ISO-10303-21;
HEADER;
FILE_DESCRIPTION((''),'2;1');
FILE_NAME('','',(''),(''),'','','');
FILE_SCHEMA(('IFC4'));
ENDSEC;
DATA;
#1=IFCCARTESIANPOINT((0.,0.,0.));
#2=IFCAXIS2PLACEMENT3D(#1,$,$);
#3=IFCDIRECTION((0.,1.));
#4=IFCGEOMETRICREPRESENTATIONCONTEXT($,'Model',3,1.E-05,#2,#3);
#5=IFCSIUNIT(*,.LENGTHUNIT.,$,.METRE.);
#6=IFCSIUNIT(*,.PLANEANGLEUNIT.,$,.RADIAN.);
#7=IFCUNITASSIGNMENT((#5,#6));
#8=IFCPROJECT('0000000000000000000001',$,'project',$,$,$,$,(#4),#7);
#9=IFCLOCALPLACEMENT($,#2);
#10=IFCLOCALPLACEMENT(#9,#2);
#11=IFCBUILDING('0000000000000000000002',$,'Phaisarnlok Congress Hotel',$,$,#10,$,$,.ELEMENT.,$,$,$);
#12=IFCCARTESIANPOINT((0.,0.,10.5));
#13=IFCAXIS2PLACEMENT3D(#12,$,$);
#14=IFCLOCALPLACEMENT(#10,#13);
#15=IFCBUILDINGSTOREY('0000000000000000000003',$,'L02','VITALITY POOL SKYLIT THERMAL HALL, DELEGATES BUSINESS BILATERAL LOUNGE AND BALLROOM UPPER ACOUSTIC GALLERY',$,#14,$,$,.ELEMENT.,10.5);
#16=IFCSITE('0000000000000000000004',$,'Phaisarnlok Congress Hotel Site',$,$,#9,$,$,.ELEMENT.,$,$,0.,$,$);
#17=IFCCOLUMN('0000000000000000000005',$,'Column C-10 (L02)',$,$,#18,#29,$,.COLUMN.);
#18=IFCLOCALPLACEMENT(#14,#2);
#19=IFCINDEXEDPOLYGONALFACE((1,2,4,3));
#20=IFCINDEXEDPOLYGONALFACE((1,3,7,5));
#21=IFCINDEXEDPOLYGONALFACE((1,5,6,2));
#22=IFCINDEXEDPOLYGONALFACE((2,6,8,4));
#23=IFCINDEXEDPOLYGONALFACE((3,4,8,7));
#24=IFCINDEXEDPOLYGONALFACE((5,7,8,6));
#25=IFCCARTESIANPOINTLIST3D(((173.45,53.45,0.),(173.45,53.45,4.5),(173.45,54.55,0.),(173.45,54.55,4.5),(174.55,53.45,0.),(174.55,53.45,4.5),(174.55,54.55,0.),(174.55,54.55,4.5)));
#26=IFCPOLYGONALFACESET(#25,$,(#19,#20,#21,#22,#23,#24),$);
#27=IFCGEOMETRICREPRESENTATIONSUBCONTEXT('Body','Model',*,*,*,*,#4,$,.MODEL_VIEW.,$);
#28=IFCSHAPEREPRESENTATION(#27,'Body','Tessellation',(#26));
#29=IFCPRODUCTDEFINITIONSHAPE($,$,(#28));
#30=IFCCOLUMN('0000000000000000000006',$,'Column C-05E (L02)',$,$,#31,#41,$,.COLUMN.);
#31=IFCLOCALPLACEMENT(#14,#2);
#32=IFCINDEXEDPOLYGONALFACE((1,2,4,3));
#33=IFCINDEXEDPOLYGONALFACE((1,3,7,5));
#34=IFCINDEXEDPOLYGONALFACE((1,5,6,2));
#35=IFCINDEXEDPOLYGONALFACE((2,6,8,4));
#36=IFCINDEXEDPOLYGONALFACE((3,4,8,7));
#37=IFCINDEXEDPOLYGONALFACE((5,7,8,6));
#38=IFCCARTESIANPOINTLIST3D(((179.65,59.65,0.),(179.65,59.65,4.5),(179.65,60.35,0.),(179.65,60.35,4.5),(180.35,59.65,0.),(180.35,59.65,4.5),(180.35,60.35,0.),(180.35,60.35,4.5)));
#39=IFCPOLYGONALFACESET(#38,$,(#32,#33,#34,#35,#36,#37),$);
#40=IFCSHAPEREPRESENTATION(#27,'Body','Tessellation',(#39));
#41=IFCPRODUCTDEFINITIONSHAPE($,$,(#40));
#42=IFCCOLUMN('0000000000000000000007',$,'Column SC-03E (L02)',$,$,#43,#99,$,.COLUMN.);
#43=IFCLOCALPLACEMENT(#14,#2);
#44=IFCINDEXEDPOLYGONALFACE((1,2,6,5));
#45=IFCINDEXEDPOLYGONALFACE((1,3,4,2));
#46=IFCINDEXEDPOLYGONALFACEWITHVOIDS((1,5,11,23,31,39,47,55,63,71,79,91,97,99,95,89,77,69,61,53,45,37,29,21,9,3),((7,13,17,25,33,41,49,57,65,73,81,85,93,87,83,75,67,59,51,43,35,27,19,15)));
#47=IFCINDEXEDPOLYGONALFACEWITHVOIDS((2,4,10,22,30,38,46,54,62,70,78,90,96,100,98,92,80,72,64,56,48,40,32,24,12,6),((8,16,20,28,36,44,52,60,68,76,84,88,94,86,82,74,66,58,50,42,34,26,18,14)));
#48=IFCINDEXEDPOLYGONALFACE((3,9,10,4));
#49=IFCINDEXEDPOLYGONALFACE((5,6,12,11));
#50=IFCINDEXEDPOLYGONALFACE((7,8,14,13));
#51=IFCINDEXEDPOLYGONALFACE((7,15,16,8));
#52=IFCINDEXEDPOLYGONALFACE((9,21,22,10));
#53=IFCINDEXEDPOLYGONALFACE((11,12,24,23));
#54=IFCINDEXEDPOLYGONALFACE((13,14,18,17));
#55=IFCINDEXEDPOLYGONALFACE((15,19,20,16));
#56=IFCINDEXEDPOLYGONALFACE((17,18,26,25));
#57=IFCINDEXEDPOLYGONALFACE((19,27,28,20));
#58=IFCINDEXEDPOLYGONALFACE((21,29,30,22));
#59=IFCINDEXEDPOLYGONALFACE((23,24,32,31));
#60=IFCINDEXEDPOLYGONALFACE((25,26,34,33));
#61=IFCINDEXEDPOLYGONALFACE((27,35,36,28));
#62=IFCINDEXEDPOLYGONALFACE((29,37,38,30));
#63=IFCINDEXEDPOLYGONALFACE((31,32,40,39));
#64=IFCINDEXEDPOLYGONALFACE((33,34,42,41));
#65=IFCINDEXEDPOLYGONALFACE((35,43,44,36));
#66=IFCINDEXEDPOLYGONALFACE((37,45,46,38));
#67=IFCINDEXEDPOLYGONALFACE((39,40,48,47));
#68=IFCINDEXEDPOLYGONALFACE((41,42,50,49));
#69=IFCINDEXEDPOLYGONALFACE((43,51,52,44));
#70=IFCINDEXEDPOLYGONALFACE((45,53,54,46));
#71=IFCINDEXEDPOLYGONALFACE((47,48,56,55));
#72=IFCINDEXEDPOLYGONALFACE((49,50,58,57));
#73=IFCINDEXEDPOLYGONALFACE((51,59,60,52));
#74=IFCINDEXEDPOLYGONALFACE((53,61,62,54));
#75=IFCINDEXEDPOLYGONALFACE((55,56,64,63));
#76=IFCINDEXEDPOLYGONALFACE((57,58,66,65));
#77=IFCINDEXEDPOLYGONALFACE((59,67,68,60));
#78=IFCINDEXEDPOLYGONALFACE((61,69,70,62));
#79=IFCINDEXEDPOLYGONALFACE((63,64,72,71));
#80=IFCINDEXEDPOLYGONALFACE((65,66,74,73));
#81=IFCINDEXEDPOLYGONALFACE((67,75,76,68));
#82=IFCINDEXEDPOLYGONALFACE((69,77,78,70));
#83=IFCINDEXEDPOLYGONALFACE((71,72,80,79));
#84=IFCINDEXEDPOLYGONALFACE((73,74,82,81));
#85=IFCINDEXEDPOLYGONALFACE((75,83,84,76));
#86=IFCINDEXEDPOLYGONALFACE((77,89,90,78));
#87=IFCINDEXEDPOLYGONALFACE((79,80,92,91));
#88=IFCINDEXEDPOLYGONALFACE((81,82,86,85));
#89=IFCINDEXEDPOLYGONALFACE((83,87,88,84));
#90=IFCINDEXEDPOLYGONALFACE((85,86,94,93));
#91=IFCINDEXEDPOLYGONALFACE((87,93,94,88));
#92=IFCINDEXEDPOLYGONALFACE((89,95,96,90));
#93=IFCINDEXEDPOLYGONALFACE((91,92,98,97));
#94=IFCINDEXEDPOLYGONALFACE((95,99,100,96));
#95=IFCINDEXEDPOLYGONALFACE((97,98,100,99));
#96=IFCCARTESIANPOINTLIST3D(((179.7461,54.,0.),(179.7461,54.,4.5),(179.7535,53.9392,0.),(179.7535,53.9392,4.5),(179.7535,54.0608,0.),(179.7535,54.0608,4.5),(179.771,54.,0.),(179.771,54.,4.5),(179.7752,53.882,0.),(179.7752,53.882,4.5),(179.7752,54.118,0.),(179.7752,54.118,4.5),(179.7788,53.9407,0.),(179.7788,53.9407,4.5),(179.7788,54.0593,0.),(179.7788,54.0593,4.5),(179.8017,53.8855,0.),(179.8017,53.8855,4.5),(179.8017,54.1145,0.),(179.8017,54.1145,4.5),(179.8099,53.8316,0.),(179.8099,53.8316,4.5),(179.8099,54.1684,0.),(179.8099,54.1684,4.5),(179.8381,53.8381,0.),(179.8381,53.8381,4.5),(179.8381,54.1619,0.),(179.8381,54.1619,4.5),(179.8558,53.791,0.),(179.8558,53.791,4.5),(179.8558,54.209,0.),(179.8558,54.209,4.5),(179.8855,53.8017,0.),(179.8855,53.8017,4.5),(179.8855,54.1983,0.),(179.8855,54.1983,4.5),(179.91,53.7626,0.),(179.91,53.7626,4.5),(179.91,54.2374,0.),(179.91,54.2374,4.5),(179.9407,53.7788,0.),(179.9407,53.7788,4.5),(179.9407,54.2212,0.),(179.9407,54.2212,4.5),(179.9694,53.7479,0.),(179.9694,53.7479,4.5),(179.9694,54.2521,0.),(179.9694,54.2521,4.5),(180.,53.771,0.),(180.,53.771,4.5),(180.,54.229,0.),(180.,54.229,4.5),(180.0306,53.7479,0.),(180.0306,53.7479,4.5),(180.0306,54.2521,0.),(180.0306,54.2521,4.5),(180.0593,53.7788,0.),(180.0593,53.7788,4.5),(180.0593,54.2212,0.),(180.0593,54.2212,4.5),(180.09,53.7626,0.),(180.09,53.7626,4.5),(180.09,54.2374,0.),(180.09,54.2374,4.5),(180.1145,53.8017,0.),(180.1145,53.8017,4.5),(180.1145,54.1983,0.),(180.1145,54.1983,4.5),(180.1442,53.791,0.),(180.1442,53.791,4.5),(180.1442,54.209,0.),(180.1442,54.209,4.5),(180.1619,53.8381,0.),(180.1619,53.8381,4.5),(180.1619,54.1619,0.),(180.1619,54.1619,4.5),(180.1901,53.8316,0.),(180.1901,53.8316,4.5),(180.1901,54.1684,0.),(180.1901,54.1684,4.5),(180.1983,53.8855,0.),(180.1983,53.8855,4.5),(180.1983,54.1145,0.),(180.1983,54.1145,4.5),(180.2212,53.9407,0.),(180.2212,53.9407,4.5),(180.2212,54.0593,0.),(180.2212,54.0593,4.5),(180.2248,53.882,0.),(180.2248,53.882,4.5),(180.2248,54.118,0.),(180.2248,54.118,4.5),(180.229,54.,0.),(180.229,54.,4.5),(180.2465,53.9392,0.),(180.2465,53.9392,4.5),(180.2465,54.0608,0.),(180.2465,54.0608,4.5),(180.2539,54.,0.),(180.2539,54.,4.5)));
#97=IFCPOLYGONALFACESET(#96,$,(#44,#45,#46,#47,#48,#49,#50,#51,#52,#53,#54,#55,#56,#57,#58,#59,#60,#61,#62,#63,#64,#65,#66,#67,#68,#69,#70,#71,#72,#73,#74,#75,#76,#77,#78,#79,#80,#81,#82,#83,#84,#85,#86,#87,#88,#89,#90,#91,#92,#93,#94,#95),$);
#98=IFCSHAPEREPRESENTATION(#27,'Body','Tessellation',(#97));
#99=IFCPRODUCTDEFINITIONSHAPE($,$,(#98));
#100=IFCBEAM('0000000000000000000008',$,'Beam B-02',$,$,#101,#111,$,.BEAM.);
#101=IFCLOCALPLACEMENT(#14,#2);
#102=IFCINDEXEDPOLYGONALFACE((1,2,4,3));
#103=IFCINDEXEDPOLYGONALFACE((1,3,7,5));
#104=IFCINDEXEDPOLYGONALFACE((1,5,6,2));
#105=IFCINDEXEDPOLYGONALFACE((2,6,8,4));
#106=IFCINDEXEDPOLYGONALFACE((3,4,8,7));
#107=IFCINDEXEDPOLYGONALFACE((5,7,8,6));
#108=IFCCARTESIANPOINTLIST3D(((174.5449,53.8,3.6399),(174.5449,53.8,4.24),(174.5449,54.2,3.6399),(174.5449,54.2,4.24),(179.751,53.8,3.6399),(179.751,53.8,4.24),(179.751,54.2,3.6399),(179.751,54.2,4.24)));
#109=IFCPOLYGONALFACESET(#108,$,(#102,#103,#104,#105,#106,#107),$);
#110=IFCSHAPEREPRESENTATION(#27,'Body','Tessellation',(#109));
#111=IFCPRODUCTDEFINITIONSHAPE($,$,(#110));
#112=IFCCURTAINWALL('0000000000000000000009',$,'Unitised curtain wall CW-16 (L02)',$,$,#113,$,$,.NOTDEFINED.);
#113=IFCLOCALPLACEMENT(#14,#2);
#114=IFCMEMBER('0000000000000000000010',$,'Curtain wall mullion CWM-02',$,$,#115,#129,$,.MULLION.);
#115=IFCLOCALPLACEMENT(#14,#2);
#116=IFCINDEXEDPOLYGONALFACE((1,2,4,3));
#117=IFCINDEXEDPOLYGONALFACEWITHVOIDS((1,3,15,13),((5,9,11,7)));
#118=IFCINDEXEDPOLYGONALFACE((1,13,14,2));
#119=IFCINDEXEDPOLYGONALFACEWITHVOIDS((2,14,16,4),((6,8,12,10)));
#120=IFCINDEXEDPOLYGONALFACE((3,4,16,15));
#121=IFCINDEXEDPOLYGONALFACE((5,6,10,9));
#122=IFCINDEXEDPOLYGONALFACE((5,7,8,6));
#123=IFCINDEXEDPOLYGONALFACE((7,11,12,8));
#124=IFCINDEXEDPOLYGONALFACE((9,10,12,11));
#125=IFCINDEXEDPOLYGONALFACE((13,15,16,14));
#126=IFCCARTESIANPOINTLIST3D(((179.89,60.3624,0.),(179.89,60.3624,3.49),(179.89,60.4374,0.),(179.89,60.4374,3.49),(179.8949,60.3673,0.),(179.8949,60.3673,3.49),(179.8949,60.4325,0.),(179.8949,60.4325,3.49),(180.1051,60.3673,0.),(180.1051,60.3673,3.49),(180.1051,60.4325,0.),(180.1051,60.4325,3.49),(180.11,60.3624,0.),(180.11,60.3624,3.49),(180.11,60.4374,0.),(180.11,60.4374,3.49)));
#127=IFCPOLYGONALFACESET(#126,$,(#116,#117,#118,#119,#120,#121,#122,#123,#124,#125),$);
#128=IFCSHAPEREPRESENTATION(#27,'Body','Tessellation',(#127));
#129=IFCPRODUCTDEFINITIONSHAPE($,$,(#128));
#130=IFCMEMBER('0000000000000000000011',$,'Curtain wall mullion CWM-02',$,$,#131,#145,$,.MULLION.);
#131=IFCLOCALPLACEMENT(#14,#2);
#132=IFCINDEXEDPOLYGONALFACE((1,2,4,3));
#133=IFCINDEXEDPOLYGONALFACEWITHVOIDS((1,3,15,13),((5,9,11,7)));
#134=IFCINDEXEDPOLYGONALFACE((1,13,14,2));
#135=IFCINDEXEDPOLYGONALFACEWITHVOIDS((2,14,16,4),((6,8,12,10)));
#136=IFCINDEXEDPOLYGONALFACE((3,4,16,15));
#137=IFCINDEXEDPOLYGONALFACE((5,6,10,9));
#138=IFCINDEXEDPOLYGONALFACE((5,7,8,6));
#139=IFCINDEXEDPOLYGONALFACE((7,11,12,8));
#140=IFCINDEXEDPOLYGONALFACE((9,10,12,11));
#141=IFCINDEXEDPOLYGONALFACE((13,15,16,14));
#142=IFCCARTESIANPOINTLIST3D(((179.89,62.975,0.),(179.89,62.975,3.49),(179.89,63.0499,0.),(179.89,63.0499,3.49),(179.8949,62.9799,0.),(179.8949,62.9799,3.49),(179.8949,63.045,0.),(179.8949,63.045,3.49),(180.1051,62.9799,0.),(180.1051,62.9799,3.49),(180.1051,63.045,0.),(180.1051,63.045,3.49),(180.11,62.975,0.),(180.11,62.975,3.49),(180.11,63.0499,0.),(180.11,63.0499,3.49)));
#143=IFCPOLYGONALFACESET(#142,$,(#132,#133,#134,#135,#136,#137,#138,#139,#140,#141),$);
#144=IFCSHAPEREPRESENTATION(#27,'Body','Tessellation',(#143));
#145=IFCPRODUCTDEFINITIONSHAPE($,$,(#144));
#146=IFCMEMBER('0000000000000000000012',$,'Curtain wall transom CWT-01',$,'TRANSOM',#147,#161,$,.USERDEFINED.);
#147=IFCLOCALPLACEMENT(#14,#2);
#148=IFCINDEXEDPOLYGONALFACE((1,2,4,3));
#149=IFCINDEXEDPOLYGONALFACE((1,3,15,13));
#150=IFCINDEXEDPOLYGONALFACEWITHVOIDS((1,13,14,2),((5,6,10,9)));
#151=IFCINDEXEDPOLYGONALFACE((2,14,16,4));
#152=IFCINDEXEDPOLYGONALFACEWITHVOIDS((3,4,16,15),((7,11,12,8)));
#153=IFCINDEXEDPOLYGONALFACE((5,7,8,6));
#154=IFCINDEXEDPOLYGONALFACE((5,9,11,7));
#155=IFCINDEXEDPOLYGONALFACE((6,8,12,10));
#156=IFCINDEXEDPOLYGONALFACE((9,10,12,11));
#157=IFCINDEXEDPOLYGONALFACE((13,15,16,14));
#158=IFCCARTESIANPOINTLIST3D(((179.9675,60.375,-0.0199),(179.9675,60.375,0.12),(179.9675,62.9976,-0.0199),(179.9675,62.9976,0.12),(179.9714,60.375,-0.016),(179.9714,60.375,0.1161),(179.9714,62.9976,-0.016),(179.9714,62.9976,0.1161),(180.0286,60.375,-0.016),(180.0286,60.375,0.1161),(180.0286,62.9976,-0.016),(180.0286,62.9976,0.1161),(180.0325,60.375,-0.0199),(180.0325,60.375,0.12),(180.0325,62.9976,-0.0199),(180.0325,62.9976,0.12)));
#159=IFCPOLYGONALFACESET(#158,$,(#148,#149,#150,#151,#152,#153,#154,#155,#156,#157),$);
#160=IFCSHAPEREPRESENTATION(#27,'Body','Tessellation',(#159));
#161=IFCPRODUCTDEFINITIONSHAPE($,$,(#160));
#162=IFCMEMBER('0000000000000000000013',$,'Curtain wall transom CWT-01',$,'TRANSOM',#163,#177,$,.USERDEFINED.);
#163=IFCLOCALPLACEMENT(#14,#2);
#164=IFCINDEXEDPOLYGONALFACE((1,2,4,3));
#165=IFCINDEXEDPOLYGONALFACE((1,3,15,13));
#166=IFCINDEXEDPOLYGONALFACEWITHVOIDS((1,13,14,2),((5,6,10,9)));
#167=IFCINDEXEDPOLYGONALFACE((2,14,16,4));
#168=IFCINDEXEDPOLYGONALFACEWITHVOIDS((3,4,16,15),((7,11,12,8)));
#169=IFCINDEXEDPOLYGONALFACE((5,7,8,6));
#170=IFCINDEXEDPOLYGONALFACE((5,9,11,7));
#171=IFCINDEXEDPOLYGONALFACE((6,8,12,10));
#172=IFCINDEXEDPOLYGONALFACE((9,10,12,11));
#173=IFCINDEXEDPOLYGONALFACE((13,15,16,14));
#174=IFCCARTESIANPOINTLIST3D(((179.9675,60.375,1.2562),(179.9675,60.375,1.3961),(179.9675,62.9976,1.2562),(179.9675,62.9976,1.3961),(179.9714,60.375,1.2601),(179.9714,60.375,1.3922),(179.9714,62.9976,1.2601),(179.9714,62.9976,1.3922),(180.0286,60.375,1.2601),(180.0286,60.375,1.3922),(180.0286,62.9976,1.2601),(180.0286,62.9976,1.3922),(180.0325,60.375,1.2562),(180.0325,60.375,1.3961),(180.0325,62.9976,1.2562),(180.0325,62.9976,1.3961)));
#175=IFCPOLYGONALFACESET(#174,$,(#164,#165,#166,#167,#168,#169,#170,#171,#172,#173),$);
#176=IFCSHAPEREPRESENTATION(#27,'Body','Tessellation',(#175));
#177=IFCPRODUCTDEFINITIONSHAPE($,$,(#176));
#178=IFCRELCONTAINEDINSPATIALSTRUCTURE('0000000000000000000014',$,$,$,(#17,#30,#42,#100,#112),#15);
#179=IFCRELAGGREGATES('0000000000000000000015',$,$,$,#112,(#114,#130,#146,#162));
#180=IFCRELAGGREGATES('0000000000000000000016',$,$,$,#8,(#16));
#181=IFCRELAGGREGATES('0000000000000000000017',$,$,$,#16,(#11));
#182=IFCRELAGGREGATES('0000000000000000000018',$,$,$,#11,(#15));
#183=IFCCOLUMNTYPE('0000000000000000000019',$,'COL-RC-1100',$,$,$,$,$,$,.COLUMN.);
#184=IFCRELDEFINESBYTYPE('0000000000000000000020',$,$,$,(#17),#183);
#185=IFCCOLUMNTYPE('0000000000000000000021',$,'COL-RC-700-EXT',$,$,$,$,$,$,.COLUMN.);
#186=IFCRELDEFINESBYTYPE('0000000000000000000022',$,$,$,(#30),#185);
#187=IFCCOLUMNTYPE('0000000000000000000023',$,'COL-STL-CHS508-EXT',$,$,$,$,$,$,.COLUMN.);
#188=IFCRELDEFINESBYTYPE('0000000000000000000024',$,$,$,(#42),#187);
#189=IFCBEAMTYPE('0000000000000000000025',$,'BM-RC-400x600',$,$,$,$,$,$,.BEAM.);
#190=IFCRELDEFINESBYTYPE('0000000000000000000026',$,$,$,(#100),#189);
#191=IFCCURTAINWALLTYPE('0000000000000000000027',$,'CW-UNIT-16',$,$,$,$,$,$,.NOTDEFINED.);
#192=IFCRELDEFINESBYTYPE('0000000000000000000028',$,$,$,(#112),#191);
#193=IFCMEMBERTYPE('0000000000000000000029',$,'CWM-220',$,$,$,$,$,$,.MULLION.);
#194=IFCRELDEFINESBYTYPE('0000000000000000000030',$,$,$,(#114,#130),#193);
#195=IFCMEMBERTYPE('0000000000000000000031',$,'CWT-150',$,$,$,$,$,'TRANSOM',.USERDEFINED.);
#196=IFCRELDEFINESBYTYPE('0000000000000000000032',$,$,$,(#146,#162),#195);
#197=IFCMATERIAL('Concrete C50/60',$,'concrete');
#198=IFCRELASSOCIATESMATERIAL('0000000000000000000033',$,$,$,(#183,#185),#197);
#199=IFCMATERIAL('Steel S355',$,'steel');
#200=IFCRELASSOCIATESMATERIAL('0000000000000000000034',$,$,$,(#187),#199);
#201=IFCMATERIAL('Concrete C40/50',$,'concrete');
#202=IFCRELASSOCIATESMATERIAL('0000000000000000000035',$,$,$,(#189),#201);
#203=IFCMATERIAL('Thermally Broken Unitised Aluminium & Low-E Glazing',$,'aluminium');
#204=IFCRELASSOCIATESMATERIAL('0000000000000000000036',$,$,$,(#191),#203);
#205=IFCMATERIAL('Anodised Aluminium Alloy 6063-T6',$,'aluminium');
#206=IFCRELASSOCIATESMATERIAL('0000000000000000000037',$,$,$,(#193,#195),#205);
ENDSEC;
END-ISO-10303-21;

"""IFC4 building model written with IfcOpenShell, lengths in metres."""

from ifc_helpers import new_model, si_unit, direction, frame, origin, origin_2d, place, context, subcontext, project, spatial, rectangle, hollow_rectangle, hollow_circle, extrude, material, material_profile, profile_set, type_object, element, aggregate, save


model = new_model("IFC4")

# Units and contexts
model_context = context("Model", 3, precision=1e-05, world=origin(), true_north=direction((0.0, 1.0)))
body_context = subcontext(model_context, "Body", "Model", "MODEL_VIEW")
ifc_project = project(units=[si_unit("LENGTHUNIT", "METRE"), si_unit("PLANEANGLEUNIT", "RADIAN")], contexts=[model_context])

# Site, building, storey
site_placement = place(None, origin())
site = spatial("IfcSite", under=ifc_project, at=site_placement, Name="Phaisarnlok Congress Hotel Site", CompositionType="ELEMENT", RefElevation=0.0)
building_placement = place(site_placement, origin())
building = spatial("IfcBuilding", under=site, at=building_placement, Name="Phaisarnlok Congress Hotel", CompositionType="ELEMENT")
storey_placement = place(building_placement, frame((0.0, 0.0, 10.5)))
storey = spatial("IfcBuildingStorey", under=building, at=storey_placement, Name="L02", Description="VITALITY POOL SKYLIT THERMAL HALL, DELEGATES BUSINESS BILATERAL LOUNGE AND BALLROOM UPPER ACOUSTIC GALLERY", CompositionType="ELEMENT", Elevation=10.5)

# Columns
ifc_material_1 = material(Name="Concrete C50/60", Category="concrete")
ifc_material_profile_1 = material_profile(ifc_material_1, rectangle(XDim=1.1001, YDim=1.1001, at=origin_2d()), Name="RC 1100x1100")
ifc_profile_set_1 = profile_set([ifc_material_profile_1], Name="Concrete C50/60")
column_type_1 = type_object("IfcColumnType", Name="COL-RC-1100", PredefinedType="COLUMN", material=ifc_profile_set_1)
column_1_placement = place(storey_placement, frame((174.0, 54.0, 0.0), z_axis=(0.0, 0.0, 1.0), x_axis=(1.0, 0.0, 0.0)))
element("IfcColumn", 1, at=column_1_placement, inside=storey, type_object=column_type_1, Name="Column C-10 (L02)", PredefinedType="COLUMN", context=body_context, shape_type="SweptSolid", body=[
    extrude(rectangle(XDim=1.1001, YDim=1.1001, at=origin_2d()), origin(), (0.0, 0.0, 1.0), 4.5),
])
ifc_material_profile_2 = material_profile(ifc_material_1, rectangle(XDim=0.7, YDim=0.7, at=origin_2d()), Name="RC 700x700")
ifc_profile_set_2 = profile_set([ifc_material_profile_2], Name="Concrete C50/60")
column_type_2 = type_object("IfcColumnType", Name="COL-RC-700-EXT", PredefinedType="COLUMN", material=ifc_profile_set_2)
column_2_placement = place(storey_placement, frame((180.0, 60.0, 0.0), z_axis=(0.0, 0.0, 1.0), x_axis=(1.0, 0.0, 0.0)))
element("IfcColumn", 2, at=column_2_placement, inside=storey, type_object=column_type_2, Name="Column C-05E (L02)", PredefinedType="COLUMN", context=body_context, shape_type="SweptSolid", body=[
    extrude(rectangle(XDim=0.7, YDim=0.7, at=origin_2d()), origin(), (0.0, 0.0, 1.0), 4.5),
])
ifc_material_2 = material(Name="Steel S355", Category="steel")
ifc_material_profile_3 = material_profile(ifc_material_2, hollow_circle(Radius=0.2539, WallThickness=0.0249, at=origin_2d()), Name="CHS 508x25")
ifc_profile_set_3 = profile_set([ifc_material_profile_3], Name="Steel S355")
column_type_3 = type_object("IfcColumnType", Name="COL-STL-CHS508-EXT", PredefinedType="COLUMN", material=ifc_profile_set_3)
column_3_placement = place(storey_placement, frame((180.0, 54.0, 0.0), z_axis=(0.0, 0.0, 1.0), x_axis=(1.0, 0.0, 0.0)))
element("IfcColumn", 3, at=column_3_placement, inside=storey, type_object=column_type_3, Name="Column SC-03E (L02)", PredefinedType="COLUMN", context=body_context, shape_type="SweptSolid", body=[
    extrude(hollow_circle(Radius=0.2539, WallThickness=0.0249, at=origin_2d()), origin(), (0.0, 0.0, 1.0), 4.5),
])

# Beam
ifc_material_3 = material(Name="Concrete C40/50", Category="concrete")
ifc_material_profile_4 = material_profile(ifc_material_3, rectangle(XDim=0.3999, YDim=0.6001, at=origin_2d()), Name="RC 400x600")
ifc_profile_set_4 = profile_set([ifc_material_profile_4], Name="Concrete C40/50")
beam_type_1 = type_object("IfcBeamType", Name="BM-RC-400x600", PredefinedType="BEAM", material=ifc_profile_set_4)
beam_1_placement = place(storey_placement, frame((174.5449, 54.0, 3.9399), z_axis=(1.0, 0.0, 0.0), x_axis=(0.0, 1.0, 0.0)))
element("IfcBeam", 4, at=beam_1_placement, inside=storey, type_object=beam_type_1, Name="Beam B-02", PredefinedType="BEAM", context=body_context, shape_type="SweptSolid", body=[
    extrude(rectangle(XDim=0.3999, YDim=0.6001, at=origin_2d()), origin(), (0.0, 0.0, 1.0), 5.2061),
])

# Curtain wall, members
ifc_material_4 = material(Name="Thermally Broken Unitised Aluminium & Low-E Glazing", Category="aluminium")
curtain_wall_type = type_object("IfcCurtainWallType", Name="CW-UNIT-16", PredefinedType="NOTDEFINED", material=ifc_material_4)
curtain_wall_placement = place(storey_placement, origin())
curtain_wall = element("IfcCurtainWall", 5, at=curtain_wall_placement, inside=storey, type_object=curtain_wall_type, Name="Unitised curtain wall CW-16 (L02)", PredefinedType="NOTDEFINED")
ifc_material_5 = material(Name="Anodised Aluminium Alloy 6063-T6", Category="aluminium")
ifc_material_profile_5 = material_profile(ifc_material_5, hollow_rectangle(XDim=0.075, YDim=0.22, WallThickness=0.0049, at=origin_2d()), Name="ALU-M 75x220x5")
ifc_profile_set_5 = profile_set([ifc_material_profile_5], Name="Anodised Aluminium Alloy 6063-T6")
member_type_1 = type_object("IfcMemberType", Name="CWM-220", PredefinedType="MULLION", material=ifc_profile_set_5)
member_1_placement = place(storey_placement, frame((180.0, 60.3999, 0.0), z_axis=(0.0, 0.0, 1.0), x_axis=(0.0, 1.0, 0.0)))
member_1 = element("IfcMember", 6, at=member_1_placement, type_object=member_type_1, Name="Curtain wall mullion CWM-02", PredefinedType="MULLION", context=body_context, shape_type="SweptSolid", body=[
    extrude(hollow_rectangle(XDim=0.075, YDim=0.22, WallThickness=0.0049, at=origin_2d()), origin(), (0.0, 0.0, 1.0), 3.49),
])
member_2_placement = place(storey_placement, frame((180.0, 63.0125, 0.0), z_axis=(0.0, 0.0, 1.0), x_axis=(0.0, 1.0, 0.0)))
member_2 = element("IfcMember", 7, at=member_2_placement, type_object=member_type_1, Name="Curtain wall mullion CWM-02", PredefinedType="MULLION", context=body_context, shape_type="SweptSolid", body=[
    extrude(hollow_rectangle(XDim=0.075, YDim=0.22, WallThickness=0.0049, at=origin_2d()), origin(), (0.0, 0.0, 1.0), 3.49),
])
ifc_material_profile_6 = material_profile(ifc_material_5, hollow_rectangle(XDim=0.0649, YDim=0.1399, WallThickness=0.0039, at=origin_2d()), Name="ALU-T 65x140x4")
ifc_profile_set_6 = profile_set([ifc_material_profile_6], Name="Anodised Aluminium Alloy 6063-T6")
member_type_2 = type_object("IfcMemberType", Name="CWT-150", ElementType="TRANSOM", PredefinedType="USERDEFINED", material=ifc_profile_set_6)
member_3_placement = place(storey_placement, frame((180.0, 60.375, 0.05), z_axis=(0.0, 1.0, 0.0), x_axis=(-1.0, 0.0, 0.0)))
member_3 = element("IfcMember", 8, at=member_3_placement, type_object=member_type_2, Name="Curtain wall transom CWT-01", ObjectType="TRANSOM", PredefinedType="USERDEFINED", context=body_context, shape_type="SweptSolid", body=[
    extrude(hollow_rectangle(XDim=0.0649, YDim=0.1399, WallThickness=0.0039, at=origin_2d()), origin(), (0.0, 0.0, 1.0), 2.6226),
])
member_4_placement = place(storey_placement, frame((180.0, 60.375, 1.3262), z_axis=(0.0, 1.0, 0.0), x_axis=(-1.0, 0.0, 0.0)))
member_4 = element("IfcMember", 9, at=member_4_placement, type_object=member_type_2, Name="Curtain wall transom CWT-01", ObjectType="TRANSOM", PredefinedType="USERDEFINED", context=body_context, shape_type="SweptSolid", body=[
    extrude(hollow_rectangle(XDim=0.0649, YDim=0.1399, WallThickness=0.0039, at=origin_2d()), origin(), (0.0, 0.0, 1.0), 2.6226),
])

aggregate(curtain_wall, [member_1, member_2, member_3, member_4])

save(model, "model.ifc")
